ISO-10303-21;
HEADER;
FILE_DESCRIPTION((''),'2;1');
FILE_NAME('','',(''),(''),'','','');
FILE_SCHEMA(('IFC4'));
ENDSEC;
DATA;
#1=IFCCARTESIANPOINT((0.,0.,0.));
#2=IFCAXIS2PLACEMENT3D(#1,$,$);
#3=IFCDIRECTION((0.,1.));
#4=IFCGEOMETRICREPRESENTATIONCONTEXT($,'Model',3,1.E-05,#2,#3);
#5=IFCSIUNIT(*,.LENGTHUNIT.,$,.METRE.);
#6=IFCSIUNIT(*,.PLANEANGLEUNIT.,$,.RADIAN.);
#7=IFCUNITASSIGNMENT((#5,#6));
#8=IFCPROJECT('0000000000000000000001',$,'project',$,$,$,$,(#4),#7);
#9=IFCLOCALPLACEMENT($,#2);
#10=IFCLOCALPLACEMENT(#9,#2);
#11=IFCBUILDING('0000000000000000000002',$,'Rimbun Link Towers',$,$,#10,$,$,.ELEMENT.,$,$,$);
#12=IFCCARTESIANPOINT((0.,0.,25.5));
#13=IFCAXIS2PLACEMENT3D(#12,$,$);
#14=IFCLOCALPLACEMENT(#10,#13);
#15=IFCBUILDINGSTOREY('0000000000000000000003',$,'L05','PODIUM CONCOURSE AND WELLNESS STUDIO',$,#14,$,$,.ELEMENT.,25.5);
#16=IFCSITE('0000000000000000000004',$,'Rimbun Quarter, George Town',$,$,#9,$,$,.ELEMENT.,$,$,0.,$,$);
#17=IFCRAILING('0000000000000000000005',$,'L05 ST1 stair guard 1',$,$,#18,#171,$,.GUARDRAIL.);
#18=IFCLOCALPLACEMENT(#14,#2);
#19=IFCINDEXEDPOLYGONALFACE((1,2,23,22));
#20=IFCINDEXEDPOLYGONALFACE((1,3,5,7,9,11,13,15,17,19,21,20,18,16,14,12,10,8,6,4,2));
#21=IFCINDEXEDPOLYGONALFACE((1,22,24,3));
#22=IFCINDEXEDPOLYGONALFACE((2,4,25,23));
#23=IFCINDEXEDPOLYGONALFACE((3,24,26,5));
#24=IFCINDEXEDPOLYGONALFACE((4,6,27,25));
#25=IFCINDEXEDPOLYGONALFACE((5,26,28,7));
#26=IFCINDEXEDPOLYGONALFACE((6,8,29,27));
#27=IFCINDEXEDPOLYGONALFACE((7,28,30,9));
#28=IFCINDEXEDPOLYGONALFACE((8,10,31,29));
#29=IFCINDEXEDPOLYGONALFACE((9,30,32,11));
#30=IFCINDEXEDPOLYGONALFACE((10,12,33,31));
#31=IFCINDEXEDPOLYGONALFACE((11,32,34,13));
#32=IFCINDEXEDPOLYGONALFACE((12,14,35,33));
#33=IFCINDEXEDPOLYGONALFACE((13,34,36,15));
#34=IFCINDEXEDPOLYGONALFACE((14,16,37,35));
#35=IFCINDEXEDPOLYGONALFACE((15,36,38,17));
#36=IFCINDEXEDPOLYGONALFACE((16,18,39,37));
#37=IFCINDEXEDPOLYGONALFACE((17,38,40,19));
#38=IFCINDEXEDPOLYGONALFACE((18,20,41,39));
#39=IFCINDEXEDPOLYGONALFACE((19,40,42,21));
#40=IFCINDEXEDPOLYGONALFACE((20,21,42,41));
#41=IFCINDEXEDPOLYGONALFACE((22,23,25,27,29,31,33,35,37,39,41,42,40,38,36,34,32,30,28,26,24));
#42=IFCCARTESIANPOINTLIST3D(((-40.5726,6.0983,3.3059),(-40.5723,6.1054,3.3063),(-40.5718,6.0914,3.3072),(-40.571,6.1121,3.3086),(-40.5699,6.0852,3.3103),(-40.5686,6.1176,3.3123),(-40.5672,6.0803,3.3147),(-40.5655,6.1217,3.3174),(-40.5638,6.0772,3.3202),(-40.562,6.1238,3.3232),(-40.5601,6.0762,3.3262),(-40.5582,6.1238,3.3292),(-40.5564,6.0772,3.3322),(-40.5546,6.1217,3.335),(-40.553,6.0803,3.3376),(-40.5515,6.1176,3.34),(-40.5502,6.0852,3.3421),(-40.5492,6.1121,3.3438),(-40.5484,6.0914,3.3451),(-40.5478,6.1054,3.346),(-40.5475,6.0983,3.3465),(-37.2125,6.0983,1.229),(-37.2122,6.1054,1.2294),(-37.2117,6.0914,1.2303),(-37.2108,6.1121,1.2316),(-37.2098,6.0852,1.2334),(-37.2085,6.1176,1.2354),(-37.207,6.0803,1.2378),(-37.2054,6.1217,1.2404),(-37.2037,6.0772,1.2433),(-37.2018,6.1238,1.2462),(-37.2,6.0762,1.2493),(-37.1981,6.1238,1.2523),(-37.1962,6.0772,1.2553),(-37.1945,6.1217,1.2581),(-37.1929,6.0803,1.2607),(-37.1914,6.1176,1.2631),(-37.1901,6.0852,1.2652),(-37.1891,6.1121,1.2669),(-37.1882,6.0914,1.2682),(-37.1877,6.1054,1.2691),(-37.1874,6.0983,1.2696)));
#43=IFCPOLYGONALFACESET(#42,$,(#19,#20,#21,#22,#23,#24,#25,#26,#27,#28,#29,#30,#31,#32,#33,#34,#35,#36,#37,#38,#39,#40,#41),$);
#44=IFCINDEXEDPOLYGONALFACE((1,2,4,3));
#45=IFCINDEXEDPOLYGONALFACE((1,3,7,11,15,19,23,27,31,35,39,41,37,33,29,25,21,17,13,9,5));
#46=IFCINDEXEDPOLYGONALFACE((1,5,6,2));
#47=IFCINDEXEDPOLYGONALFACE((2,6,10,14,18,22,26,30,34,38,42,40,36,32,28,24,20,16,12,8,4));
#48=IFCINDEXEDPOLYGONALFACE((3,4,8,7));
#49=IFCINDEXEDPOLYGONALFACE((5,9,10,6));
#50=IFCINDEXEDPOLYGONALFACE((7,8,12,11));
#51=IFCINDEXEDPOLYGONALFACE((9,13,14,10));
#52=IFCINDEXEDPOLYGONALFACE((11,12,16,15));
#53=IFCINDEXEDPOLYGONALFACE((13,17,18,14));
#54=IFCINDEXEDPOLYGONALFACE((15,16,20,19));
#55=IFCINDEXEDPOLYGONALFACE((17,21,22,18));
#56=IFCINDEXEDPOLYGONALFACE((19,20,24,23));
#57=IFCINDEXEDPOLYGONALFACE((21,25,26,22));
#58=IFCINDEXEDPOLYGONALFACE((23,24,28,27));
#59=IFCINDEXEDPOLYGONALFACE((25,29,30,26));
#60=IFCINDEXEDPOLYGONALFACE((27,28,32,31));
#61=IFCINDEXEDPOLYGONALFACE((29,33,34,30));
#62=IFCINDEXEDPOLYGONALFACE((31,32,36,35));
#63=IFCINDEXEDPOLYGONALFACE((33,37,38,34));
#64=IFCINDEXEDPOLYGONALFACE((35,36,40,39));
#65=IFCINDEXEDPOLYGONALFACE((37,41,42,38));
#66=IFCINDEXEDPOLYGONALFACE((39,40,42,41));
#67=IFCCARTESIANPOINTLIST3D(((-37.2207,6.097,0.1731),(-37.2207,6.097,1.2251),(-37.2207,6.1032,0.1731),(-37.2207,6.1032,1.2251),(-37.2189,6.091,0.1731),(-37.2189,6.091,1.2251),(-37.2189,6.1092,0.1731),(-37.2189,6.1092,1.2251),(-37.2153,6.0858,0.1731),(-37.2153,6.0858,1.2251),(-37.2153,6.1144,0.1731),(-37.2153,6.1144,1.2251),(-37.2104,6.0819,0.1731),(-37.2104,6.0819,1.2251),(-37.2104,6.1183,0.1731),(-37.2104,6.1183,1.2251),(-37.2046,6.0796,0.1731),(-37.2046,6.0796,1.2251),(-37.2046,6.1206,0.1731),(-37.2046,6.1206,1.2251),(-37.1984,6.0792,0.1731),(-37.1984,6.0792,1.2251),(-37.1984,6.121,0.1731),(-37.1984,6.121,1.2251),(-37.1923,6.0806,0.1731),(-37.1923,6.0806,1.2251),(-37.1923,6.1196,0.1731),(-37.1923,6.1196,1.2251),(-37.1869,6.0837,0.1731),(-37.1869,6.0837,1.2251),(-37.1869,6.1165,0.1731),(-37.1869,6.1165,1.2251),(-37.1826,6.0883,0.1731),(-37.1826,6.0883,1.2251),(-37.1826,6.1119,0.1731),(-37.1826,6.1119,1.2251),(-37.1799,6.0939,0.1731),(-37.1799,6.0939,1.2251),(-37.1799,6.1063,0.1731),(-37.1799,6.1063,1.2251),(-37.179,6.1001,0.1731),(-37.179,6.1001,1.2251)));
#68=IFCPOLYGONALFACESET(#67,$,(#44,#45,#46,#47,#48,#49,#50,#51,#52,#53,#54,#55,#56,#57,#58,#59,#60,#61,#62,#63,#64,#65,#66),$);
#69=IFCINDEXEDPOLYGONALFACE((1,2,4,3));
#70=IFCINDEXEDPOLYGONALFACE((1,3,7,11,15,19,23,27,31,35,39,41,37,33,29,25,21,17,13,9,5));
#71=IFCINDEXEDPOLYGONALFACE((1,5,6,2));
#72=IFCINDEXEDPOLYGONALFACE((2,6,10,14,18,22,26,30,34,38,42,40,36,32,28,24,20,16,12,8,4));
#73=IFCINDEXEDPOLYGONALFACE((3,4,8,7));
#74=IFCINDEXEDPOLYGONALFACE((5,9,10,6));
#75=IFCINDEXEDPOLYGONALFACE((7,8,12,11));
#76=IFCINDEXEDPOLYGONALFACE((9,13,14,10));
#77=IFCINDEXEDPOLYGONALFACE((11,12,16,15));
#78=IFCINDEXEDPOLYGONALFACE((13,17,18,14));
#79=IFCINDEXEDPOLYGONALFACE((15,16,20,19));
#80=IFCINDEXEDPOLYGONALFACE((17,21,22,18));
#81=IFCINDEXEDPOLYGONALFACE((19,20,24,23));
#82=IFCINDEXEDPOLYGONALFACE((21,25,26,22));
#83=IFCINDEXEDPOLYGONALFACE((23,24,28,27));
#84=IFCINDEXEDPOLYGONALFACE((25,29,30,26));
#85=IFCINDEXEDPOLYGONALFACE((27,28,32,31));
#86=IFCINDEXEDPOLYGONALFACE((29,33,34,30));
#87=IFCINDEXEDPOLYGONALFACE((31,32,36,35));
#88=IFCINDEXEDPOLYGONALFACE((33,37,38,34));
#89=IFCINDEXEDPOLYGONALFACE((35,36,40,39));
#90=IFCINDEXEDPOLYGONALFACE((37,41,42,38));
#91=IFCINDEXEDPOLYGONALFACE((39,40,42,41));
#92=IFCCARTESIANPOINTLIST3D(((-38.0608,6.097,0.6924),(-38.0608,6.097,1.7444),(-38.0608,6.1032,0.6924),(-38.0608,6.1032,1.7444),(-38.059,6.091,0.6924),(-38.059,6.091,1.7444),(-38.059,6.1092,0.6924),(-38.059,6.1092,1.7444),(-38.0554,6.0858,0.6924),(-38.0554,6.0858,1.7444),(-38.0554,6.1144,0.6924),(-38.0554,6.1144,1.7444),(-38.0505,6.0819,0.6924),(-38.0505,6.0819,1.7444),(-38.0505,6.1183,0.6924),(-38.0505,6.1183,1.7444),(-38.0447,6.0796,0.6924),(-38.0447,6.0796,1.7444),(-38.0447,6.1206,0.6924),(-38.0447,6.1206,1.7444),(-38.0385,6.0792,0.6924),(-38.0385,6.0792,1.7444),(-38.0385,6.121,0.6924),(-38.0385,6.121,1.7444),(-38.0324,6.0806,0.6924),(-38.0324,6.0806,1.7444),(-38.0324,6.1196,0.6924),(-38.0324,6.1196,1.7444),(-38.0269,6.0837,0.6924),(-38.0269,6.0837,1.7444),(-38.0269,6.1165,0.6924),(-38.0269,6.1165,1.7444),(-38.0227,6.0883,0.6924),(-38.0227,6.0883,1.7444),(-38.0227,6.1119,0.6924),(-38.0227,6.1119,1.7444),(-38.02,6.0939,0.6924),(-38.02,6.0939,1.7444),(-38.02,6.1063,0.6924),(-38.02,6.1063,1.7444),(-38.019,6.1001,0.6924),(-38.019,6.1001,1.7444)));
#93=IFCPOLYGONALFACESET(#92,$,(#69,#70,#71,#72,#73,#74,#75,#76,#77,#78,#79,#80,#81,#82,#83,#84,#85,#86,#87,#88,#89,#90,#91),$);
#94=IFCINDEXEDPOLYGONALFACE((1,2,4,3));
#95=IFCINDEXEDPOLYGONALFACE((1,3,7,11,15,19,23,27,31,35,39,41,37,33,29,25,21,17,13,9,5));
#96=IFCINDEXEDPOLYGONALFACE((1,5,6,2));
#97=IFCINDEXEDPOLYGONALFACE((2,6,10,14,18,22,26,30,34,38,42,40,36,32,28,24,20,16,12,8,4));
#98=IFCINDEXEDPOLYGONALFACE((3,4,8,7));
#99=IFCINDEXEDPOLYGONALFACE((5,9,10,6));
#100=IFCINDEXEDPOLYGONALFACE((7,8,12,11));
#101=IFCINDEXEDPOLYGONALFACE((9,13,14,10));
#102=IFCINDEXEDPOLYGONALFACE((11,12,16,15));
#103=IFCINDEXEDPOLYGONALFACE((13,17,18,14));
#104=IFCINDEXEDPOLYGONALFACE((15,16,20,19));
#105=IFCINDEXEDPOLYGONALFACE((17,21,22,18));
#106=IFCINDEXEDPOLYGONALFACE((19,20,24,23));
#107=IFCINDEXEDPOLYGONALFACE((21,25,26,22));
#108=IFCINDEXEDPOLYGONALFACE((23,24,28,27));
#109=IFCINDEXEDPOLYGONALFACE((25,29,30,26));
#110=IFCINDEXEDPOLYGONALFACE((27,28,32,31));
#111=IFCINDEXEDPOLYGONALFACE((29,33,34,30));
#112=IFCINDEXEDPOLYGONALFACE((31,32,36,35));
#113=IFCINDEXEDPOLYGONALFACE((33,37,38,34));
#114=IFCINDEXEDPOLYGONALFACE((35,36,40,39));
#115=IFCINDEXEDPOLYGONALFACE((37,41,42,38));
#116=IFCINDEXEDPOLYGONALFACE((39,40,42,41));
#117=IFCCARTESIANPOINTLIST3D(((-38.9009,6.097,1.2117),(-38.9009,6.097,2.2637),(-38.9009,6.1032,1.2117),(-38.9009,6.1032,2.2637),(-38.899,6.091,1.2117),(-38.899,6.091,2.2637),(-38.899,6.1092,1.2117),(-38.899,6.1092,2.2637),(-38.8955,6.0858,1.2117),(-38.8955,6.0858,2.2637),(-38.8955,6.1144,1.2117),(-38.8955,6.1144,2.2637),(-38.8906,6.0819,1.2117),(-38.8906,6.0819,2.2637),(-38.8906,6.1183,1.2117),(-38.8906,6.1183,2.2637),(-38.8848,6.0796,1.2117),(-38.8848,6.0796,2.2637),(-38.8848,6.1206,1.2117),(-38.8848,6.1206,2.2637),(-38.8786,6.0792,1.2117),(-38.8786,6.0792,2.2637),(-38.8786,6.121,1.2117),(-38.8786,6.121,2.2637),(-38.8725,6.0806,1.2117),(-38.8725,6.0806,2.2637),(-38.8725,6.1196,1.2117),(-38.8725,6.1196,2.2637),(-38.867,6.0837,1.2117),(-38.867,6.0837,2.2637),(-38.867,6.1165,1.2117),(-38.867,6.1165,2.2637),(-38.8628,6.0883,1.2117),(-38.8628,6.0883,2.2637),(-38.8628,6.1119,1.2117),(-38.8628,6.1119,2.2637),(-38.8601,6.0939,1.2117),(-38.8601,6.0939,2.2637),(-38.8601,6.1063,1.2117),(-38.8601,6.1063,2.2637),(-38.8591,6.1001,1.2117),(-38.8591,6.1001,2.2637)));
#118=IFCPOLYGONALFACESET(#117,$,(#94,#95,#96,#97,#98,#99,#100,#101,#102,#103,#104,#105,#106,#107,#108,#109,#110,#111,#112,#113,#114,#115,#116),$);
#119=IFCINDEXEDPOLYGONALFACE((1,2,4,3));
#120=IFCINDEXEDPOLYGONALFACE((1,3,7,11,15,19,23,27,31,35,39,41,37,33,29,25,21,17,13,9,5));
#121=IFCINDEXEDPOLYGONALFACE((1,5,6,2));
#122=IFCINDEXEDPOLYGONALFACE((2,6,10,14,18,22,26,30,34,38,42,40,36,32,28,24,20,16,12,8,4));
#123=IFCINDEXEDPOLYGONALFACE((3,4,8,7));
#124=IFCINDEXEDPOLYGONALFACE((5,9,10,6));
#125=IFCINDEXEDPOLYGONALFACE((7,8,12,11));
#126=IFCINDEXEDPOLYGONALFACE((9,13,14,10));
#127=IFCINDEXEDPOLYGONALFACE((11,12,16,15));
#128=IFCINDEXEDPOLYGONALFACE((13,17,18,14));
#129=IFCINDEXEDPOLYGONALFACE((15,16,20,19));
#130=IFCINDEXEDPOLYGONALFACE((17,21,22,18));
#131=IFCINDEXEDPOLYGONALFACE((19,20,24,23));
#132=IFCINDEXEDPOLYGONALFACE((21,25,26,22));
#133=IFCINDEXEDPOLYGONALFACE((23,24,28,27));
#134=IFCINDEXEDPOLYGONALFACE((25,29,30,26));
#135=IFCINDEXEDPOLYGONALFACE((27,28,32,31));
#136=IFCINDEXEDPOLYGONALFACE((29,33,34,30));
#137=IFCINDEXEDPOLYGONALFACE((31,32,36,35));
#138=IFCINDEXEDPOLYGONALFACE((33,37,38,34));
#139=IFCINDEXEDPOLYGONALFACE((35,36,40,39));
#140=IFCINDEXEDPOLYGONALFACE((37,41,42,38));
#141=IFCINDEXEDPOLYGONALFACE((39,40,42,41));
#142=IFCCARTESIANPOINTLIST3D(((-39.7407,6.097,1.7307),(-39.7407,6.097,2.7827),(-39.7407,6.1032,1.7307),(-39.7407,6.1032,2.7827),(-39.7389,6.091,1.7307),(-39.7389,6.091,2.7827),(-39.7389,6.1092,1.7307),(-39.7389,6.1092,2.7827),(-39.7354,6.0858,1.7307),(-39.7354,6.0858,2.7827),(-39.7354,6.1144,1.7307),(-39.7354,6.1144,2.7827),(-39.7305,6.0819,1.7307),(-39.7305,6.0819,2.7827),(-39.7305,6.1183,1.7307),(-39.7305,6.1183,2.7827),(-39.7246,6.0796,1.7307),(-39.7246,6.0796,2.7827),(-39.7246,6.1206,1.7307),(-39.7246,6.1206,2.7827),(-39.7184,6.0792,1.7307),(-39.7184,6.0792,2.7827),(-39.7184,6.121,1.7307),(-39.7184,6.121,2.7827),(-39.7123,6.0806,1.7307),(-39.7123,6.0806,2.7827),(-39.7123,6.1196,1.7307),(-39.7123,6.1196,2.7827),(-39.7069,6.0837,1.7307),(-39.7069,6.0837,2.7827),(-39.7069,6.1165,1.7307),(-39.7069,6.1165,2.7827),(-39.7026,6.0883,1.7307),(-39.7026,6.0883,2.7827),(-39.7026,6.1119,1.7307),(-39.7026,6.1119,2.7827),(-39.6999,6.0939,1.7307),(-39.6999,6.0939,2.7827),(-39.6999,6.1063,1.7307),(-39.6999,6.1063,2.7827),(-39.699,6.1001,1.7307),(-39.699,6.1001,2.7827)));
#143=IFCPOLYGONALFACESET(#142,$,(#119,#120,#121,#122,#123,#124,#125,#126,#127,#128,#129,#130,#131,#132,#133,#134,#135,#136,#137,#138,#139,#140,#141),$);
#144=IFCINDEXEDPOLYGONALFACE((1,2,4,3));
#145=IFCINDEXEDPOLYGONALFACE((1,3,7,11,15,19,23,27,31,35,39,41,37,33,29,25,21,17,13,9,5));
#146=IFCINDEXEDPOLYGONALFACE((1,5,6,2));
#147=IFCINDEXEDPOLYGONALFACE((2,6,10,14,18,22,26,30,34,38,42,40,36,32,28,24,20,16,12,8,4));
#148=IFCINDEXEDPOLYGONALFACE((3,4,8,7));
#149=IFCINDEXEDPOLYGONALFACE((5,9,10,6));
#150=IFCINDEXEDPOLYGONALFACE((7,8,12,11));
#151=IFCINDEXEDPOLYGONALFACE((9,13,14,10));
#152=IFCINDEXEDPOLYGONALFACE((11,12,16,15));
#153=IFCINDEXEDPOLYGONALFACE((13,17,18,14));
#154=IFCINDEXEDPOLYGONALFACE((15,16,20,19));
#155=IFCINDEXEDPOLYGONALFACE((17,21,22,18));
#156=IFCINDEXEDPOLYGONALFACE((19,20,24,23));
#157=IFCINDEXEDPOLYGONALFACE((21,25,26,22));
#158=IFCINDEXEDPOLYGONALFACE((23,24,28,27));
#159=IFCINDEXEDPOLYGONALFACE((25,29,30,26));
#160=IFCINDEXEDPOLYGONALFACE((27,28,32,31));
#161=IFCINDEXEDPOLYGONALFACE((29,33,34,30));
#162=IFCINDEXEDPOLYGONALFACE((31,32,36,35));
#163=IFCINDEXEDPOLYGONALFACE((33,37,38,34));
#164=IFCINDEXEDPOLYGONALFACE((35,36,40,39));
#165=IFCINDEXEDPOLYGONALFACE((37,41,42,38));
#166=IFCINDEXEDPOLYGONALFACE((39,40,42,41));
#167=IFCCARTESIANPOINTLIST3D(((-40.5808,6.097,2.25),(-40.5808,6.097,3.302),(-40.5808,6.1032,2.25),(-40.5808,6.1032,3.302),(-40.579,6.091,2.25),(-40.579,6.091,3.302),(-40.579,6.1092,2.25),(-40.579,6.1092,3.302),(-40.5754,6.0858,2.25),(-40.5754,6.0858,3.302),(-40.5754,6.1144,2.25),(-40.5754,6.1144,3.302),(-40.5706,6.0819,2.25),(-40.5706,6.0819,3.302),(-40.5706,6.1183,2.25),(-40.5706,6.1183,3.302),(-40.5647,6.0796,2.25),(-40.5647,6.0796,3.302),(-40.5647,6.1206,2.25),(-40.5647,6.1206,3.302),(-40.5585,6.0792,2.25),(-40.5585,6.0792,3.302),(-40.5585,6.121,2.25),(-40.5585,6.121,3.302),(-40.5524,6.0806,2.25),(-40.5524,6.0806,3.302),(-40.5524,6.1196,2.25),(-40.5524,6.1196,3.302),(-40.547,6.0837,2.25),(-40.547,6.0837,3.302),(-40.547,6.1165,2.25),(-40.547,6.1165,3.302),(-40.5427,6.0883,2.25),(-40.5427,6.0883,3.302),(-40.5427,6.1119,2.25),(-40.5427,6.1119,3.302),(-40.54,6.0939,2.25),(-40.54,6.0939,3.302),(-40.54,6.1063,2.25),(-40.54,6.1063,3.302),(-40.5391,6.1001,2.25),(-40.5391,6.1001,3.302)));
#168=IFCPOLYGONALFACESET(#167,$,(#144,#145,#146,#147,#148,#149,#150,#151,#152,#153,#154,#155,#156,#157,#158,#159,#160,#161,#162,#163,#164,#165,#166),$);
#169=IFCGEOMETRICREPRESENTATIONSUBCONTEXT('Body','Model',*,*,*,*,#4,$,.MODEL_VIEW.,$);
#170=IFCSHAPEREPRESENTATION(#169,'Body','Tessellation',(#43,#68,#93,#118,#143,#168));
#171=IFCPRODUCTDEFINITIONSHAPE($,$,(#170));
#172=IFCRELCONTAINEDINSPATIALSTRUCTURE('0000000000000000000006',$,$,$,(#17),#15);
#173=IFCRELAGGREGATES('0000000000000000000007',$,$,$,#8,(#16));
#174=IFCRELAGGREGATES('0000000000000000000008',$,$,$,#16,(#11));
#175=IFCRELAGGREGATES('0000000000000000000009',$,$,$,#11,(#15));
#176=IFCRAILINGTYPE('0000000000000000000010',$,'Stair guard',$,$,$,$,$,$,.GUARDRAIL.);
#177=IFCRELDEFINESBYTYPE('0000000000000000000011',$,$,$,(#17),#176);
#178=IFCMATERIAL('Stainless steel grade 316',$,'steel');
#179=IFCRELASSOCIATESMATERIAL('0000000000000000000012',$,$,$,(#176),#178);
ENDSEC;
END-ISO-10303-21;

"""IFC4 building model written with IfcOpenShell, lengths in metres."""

from ifc_helpers import new_model, si_unit, direction, frame, origin, origin_2d, place, context, subcontext, project, spatial, circle, extrude, material, type_object, element, save


model = new_model("IFC4")

# Units and contexts
model_context = context("Model", 3, precision=1e-05, world=origin(), true_north=direction((0.0, 1.0)))
body_context = subcontext(model_context, "Body", "Model", "MODEL_VIEW")
ifc_project = project(units=[si_unit("LENGTHUNIT", "METRE"), si_unit("PLANEANGLEUNIT", "RADIAN")], contexts=[model_context])

# Site, building, storey
site_placement = place(None, origin())
site = spatial("IfcSite", under=ifc_project, at=site_placement, Name="Rimbun Quarter, George Town", CompositionType="ELEMENT", RefElevation=0.0)
building_placement = place(site_placement, origin())
building = spatial("IfcBuilding", under=site, at=building_placement, Name="Rimbun Link Towers", CompositionType="ELEMENT")
storey_placement = place(building_placement, frame((0.0, 0.0, 25.5)))
storey = spatial("IfcBuildingStorey", under=building, at=storey_placement, Name="L05", Description="PODIUM CONCOURSE AND WELLNESS STUDIO", CompositionType="ELEMENT", Elevation=25.5)

# Railing
ifc_material_1 = material(Name="Stainless steel grade 316", Category="steel")
railing_type_1 = type_object("IfcRailingType", Name="Stair guard", PredefinedType="GUARDRAIL", material=ifc_material_1)
railing_1_placement = place(storey_placement, frame((-37.2, 6.1001, 0.1731)))
element("IfcRailing", 1, at=railing_1_placement, inside=storey, type_object=railing_type_1, Name="L05 ST1 stair guard 1", PredefinedType="GUARDRAIL", context=body_context, shape_type="SweptSolid", body=[
    extrude(circle(Radius=0.0239, at=origin_2d()), frame((0.0, 0.0, 1.0762), z_axis=(-0.850623, 0.0, 0.525776), x_axis=(0.0, -1.0, 0.0)), (0.0, 0.0, 1.0), 3.9502),
    extrude(circle(Radius=0.021, at=origin_2d()), origin(), (0.0, 0.0, 1.0), 1.052),
    extrude(circle(Radius=0.021, at=origin_2d()), frame((-0.8401, 0.0, 0.5193)), (0.0, 0.0, 1.0), 1.052),
    extrude(circle(Radius=0.021, at=origin_2d()), frame((-1.6802, 0.0, 1.0386)), (0.0, 0.0, 1.0), 1.052),
    extrude(circle(Radius=0.021, at=origin_2d()), frame((-2.52, 0.0, 1.5576)), (0.0, 0.0, 1.0), 1.052),
    extrude(circle(Radius=0.021, at=origin_2d()), frame((-3.3601, 0.0, 2.0769)), (0.0, 0.0, 1.0), 1.052),
])

save(model, "model.ifc")
